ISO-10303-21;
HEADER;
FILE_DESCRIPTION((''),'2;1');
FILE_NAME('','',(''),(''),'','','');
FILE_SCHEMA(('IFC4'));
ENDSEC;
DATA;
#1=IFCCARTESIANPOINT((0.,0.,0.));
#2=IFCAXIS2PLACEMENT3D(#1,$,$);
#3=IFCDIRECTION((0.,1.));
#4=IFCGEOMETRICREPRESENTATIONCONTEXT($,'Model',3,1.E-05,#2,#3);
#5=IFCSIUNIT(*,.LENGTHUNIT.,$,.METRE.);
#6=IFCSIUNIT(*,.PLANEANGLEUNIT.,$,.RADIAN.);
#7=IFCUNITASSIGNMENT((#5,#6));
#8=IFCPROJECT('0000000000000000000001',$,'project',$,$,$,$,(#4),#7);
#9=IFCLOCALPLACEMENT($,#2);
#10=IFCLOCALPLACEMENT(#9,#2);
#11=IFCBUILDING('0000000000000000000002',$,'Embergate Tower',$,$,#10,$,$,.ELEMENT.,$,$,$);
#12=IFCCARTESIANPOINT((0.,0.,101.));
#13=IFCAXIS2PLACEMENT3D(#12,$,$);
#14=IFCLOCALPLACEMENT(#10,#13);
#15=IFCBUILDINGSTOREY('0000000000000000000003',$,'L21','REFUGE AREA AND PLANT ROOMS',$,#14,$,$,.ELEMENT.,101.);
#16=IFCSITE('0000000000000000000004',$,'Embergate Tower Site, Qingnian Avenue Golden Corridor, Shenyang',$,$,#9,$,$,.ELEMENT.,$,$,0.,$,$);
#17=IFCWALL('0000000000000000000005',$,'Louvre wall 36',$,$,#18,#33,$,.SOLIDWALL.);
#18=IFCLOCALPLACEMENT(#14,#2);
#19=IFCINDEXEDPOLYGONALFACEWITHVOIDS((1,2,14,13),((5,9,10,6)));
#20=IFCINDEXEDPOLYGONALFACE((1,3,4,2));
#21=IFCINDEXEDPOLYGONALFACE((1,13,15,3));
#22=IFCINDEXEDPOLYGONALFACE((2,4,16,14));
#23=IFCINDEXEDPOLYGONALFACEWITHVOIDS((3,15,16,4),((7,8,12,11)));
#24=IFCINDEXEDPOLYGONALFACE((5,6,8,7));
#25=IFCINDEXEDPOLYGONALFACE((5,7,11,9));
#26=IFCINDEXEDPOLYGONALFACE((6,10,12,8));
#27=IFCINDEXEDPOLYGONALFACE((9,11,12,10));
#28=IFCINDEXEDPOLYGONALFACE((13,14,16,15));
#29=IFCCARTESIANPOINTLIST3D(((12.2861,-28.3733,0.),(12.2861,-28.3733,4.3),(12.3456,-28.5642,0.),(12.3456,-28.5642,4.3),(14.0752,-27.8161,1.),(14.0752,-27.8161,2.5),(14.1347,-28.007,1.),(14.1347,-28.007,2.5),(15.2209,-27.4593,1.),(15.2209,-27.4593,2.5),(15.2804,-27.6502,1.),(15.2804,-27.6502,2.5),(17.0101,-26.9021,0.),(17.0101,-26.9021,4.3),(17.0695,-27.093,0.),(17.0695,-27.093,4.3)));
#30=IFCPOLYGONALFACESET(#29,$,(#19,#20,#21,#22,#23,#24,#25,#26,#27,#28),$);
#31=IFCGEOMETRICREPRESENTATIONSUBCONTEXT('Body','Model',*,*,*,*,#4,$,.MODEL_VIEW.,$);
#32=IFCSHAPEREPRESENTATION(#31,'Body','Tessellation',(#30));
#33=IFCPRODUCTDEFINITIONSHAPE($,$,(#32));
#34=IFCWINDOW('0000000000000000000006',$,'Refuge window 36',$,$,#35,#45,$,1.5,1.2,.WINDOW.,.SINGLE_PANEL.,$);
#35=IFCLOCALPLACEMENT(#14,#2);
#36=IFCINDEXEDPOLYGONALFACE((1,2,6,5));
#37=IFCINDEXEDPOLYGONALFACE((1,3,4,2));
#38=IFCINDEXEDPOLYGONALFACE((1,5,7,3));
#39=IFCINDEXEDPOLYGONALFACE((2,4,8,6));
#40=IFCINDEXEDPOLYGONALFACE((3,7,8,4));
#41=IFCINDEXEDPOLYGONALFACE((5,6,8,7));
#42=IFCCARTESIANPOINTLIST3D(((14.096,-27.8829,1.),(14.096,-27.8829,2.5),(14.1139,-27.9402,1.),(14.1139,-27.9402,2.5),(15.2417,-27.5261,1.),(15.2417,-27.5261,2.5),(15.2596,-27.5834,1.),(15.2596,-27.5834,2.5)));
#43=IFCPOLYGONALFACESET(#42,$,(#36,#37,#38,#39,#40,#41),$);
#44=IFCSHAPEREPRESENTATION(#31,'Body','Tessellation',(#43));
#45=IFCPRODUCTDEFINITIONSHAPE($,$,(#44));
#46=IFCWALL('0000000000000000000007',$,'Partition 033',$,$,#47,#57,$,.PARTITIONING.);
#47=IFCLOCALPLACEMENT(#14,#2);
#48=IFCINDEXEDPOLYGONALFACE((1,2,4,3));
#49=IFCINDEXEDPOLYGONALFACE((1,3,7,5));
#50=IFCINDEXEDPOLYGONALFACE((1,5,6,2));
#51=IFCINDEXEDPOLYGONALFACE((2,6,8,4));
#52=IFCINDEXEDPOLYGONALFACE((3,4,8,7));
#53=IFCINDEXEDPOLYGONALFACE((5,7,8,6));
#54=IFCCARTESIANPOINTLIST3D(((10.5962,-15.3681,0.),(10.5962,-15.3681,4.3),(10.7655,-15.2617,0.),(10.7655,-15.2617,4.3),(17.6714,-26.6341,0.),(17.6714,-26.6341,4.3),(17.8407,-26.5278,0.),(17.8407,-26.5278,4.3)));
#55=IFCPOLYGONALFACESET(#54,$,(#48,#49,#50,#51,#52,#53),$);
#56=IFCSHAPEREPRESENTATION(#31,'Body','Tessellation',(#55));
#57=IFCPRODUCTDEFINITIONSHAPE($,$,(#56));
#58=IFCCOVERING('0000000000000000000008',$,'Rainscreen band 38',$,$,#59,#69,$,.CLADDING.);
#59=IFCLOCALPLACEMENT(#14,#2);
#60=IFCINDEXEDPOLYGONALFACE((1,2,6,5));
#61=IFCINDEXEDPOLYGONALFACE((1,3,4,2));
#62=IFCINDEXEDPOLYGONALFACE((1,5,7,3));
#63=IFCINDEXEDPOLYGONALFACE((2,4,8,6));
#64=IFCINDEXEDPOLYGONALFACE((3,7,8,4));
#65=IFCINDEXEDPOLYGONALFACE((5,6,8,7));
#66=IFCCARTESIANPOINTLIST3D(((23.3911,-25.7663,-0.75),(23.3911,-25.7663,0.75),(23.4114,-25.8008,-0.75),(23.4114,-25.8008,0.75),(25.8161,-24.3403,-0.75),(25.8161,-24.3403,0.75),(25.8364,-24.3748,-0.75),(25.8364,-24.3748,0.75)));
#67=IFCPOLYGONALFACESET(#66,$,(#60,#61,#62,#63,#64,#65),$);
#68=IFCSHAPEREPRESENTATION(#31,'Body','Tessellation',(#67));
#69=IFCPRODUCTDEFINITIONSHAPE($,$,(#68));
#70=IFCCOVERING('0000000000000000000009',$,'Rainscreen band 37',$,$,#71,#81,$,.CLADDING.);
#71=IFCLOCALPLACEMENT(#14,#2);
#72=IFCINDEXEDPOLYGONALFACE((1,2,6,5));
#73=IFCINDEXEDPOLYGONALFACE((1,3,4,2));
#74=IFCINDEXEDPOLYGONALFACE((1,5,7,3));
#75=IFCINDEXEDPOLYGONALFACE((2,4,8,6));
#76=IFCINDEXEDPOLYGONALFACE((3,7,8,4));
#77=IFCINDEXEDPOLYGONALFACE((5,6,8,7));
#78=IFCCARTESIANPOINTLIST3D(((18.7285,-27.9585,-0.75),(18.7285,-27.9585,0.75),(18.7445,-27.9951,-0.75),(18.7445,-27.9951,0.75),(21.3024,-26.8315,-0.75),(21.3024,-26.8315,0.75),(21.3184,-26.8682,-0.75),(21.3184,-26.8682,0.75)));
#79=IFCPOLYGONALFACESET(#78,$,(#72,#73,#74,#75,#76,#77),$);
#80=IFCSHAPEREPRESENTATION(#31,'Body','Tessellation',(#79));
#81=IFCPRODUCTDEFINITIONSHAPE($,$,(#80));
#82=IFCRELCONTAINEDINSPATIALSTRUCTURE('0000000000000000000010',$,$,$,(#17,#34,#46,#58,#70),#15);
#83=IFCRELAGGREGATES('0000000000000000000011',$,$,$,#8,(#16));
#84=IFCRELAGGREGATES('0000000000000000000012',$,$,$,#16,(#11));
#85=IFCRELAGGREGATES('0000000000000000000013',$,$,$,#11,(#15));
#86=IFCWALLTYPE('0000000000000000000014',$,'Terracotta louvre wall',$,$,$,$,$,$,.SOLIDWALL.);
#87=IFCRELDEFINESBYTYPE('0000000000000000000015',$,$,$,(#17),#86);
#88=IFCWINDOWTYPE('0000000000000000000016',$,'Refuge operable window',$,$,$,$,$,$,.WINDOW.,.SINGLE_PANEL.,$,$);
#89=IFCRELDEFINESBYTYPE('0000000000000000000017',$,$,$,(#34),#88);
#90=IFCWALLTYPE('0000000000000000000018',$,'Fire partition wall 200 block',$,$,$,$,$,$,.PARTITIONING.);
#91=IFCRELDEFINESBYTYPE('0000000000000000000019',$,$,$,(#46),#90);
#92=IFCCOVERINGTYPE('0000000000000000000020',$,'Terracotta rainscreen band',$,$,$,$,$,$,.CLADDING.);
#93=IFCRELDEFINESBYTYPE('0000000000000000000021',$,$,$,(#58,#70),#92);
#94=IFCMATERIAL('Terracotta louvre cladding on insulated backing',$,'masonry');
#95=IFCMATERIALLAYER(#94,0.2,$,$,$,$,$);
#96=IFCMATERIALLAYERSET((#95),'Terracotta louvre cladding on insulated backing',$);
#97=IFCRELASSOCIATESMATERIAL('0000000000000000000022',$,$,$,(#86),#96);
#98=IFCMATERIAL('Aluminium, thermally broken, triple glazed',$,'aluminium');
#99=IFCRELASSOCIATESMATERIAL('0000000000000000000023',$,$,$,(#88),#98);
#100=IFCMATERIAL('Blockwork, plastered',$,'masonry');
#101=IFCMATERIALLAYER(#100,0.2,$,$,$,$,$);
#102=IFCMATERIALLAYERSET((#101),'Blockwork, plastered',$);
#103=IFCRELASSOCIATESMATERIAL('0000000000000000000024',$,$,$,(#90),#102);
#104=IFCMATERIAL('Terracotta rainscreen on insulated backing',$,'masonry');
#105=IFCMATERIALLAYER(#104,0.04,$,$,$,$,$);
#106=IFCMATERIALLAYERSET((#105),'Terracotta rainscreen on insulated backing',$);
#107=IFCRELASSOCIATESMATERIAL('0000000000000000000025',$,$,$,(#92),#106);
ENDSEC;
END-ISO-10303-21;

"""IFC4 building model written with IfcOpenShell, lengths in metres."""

from ifc_helpers import new_model, si_unit, direction, frame, frame_2d, origin, origin_2d, place, context, subcontext, project, spatial, rectangle, extrude, source, transform, mapped, material, layer, layer_set, type_object, element, fill, save


model = new_model("IFC4")

# Units and contexts
model_context = context("Model", 3, precision=1e-05, world=origin(), true_north=direction((0.0, 1.0)))
body_context = subcontext(model_context, "Body", "Model", "MODEL_VIEW")
ifc_project = project(units=[si_unit("LENGTHUNIT", "METRE"), si_unit("PLANEANGLEUNIT", "RADIAN")], contexts=[model_context])

# Site, building, storey
site_placement = place(None, origin())
site = spatial("IfcSite", under=ifc_project, at=site_placement, Name="Embergate Tower Site, Qingnian Avenue Golden Corridor, Shenyang", CompositionType="ELEMENT", RefElevation=0.0)
building_placement = place(site_placement, origin())
building = spatial("IfcBuilding", under=site, at=building_placement, Name="Embergate Tower", CompositionType="ELEMENT")
storey_placement = place(building_placement, frame((0.0, 0.0, 101.0)))
storey = spatial("IfcBuildingStorey", under=building, at=storey_placement, Name="L21", Description="REFUGE AREA AND PLANT ROOMS", CompositionType="ELEMENT", Elevation=101.0)

# Wall, opening, window
ifc_material_1 = material(Name="Terracotta louvre cladding on insulated backing", Category="masonry")
ifc_layer_1 = layer(ifc_material_1, 0.2)
ifc_layer_set_1 = layer_set([ifc_layer_1], Name="Terracotta louvre cladding on insulated backing")
wall_type_1 = type_object("IfcWallType", Name="Terracotta louvre wall", PredefinedType="SOLIDWALL", material=ifc_layer_set_1)
shared_shape_1 = source(origin(), body_context, "Body", "SweptSolid", [
    extrude(rectangle(XDim=1.2, YDim=1.5, at=frame_2d((0.6001, 0.75))), frame((0.0, 0.1099, 0.0), z_axis=(0.0, -1.0, 0.0), x_axis=(1.0, 0.0, 0.0)), (0.0, 0.0, 1.0), 0.22),
])
ifc_material_2 = material(Name="Aluminium, thermally broken, triple glazed", Category="aluminium")
window_type = type_object("IfcWindowType", Name="Refuge operable window", PartitioningType="SINGLE_PANEL", PredefinedType="WINDOW", material=ifc_material_2)
shared_shape_2 = source(origin(), body_context, "Body", "SweptSolid", [
    extrude(rectangle(XDim=1.2, YDim=1.5, at=frame_2d((0.6001, 0.75))), frame((0.0, 0.03, 0.0), z_axis=(0.0, -1.0, 0.0), x_axis=(1.0, 0.0, 0.0)), (0.0, 0.0, 1.0), 0.0601),
])
shared_shape_3 = source(origin(), body_context, "Body", "SweptSolid", [
    extrude(rectangle(XDim=4.9478, YDim=0.2, at=frame_2d((2.4739, 0.0))), origin(), (0.0, 0.0, 1.0), 4.3),
])
wall_1_placement = place(storey_placement, frame((17.0398, -26.9976, 0.0), z_axis=(0.0, 0.0, 1.0), x_axis=(-0.954768, -0.29735, 0.0)))
wall_1 = element("IfcWall", 1, at=wall_1_placement, inside=storey, type_object=wall_type_1, Name="Louvre wall 36", PredefinedType="SOLIDWALL", context=body_context, shape_type="MappedRepresentation", body=[
    mapped(shared_shape_3, transform((0.0, 0.0, 0.0))),
])
opening_1_placement = place(wall_1_placement, frame((1.8738, 0.0, 1.0)))
opening_1 = element("IfcOpeningElement", 2, at=opening_1_placement, cuts=wall_1, PredefinedType="OPENING", context=body_context, shape_type="MappedRepresentation", body=[
    mapped(shared_shape_1, transform((0.0, 0.0, 0.0))),
])
window_1_placement = place(opening_1_placement, origin())
window_1 = element("IfcWindow", 3, at=window_1_placement, inside=storey, type_object=window_type, Name="Refuge window 36", OverallHeight=1.5, OverallWidth=1.2, PartitioningType="SINGLE_PANEL", PredefinedType="WINDOW", context=body_context, shape_type="MappedRepresentation", body=[
    mapped(shared_shape_2, transform((0.0, 0.0, 0.0))),
])
fill(opening_1, window_1)

# Wall
ifc_material_3 = material(Name="Blockwork, plastered", Category="masonry")
ifc_layer_2 = layer(ifc_material_3, 0.2)
ifc_layer_set_2 = layer_set([ifc_layer_2], Name="Blockwork, plastered")
wall_type_2 = type_object("IfcWallType", Name="Fire partition wall 200 block", PredefinedType="PARTITIONING", material=ifc_layer_set_2)
shared_shape_4 = source(origin(), body_context, "Body", "SweptSolid", [
    extrude(rectangle(XDim=13.3035, YDim=0.2, at=frame_2d((6.6519, 0.0))), origin(), (0.0, 0.0, 1.0), 4.3),
])
wall_2_placement = place(storey_placement, frame((17.7561, -26.5811, 0.0), z_axis=(0.0, 0.0, 1.0), x_axis=(-0.531829, 0.846852, 0.0)))
element("IfcWall", 4, at=wall_2_placement, inside=storey, type_object=wall_type_2, Name="Partition 033", PredefinedType="PARTITIONING", context=body_context, shape_type="MappedRepresentation", body=[
    mapped(shared_shape_4, transform((0.0, 0.0, 0.0))),
])

# Coverings
ifc_material_4 = material(Name="Terracotta rainscreen on insulated backing", Category="masonry")
ifc_layer_3 = layer(ifc_material_4, 0.04)
ifc_layer_set_3 = layer_set([ifc_layer_3], Name="Terracotta rainscreen on insulated backing")
covering_type = type_object("IfcCoveringType", Name="Terracotta rainscreen band", PredefinedType="CLADDING", material=ifc_layer_set_3)
shared_shape_5 = source(origin(), body_context, "Body", "SweptSolid", [
    extrude(rectangle(XDim=2.8132, YDim=0.04, at=origin_2d()), origin(), (0.0, 0.0, 1.0), 1.5),
])
covering_1_placement = place(storey_placement, frame((24.6138, -25.0706, -0.75), z_axis=(0.0, 0.0, 1.0), x_axis=(0.862007, 0.506896, 0.0)))
element("IfcCovering", 5, at=covering_1_placement, inside=storey, type_object=covering_type, Name="Rainscreen band 38", PredefinedType="CLADDING", context=body_context, shape_type="MappedRepresentation", body=[
    mapped(shared_shape_5, transform((0.0, 0.0, 0.0))),
])
shared_shape_6 = source(origin(), body_context, "Body", "SweptSolid", [
    extrude(rectangle(XDim=2.8098, YDim=0.04, at=origin_2d()), origin(), (0.0, 0.0, 1.0), 1.5),
])
covering_2_placement = place(storey_placement, frame((20.0234, -27.4133, -0.75), z_axis=(0.0, 0.0, 1.0), x_axis=(0.916043, 0.40108, 0.0)))
element("IfcCovering", 6, at=covering_2_placement, inside=storey, type_object=covering_type, Name="Rainscreen band 37", PredefinedType="CLADDING", context=body_context, shape_type="MappedRepresentation", body=[
    mapped(shared_shape_6, transform((0.0, 0.0, 0.0))),
])

save(model, "model.ifc")
